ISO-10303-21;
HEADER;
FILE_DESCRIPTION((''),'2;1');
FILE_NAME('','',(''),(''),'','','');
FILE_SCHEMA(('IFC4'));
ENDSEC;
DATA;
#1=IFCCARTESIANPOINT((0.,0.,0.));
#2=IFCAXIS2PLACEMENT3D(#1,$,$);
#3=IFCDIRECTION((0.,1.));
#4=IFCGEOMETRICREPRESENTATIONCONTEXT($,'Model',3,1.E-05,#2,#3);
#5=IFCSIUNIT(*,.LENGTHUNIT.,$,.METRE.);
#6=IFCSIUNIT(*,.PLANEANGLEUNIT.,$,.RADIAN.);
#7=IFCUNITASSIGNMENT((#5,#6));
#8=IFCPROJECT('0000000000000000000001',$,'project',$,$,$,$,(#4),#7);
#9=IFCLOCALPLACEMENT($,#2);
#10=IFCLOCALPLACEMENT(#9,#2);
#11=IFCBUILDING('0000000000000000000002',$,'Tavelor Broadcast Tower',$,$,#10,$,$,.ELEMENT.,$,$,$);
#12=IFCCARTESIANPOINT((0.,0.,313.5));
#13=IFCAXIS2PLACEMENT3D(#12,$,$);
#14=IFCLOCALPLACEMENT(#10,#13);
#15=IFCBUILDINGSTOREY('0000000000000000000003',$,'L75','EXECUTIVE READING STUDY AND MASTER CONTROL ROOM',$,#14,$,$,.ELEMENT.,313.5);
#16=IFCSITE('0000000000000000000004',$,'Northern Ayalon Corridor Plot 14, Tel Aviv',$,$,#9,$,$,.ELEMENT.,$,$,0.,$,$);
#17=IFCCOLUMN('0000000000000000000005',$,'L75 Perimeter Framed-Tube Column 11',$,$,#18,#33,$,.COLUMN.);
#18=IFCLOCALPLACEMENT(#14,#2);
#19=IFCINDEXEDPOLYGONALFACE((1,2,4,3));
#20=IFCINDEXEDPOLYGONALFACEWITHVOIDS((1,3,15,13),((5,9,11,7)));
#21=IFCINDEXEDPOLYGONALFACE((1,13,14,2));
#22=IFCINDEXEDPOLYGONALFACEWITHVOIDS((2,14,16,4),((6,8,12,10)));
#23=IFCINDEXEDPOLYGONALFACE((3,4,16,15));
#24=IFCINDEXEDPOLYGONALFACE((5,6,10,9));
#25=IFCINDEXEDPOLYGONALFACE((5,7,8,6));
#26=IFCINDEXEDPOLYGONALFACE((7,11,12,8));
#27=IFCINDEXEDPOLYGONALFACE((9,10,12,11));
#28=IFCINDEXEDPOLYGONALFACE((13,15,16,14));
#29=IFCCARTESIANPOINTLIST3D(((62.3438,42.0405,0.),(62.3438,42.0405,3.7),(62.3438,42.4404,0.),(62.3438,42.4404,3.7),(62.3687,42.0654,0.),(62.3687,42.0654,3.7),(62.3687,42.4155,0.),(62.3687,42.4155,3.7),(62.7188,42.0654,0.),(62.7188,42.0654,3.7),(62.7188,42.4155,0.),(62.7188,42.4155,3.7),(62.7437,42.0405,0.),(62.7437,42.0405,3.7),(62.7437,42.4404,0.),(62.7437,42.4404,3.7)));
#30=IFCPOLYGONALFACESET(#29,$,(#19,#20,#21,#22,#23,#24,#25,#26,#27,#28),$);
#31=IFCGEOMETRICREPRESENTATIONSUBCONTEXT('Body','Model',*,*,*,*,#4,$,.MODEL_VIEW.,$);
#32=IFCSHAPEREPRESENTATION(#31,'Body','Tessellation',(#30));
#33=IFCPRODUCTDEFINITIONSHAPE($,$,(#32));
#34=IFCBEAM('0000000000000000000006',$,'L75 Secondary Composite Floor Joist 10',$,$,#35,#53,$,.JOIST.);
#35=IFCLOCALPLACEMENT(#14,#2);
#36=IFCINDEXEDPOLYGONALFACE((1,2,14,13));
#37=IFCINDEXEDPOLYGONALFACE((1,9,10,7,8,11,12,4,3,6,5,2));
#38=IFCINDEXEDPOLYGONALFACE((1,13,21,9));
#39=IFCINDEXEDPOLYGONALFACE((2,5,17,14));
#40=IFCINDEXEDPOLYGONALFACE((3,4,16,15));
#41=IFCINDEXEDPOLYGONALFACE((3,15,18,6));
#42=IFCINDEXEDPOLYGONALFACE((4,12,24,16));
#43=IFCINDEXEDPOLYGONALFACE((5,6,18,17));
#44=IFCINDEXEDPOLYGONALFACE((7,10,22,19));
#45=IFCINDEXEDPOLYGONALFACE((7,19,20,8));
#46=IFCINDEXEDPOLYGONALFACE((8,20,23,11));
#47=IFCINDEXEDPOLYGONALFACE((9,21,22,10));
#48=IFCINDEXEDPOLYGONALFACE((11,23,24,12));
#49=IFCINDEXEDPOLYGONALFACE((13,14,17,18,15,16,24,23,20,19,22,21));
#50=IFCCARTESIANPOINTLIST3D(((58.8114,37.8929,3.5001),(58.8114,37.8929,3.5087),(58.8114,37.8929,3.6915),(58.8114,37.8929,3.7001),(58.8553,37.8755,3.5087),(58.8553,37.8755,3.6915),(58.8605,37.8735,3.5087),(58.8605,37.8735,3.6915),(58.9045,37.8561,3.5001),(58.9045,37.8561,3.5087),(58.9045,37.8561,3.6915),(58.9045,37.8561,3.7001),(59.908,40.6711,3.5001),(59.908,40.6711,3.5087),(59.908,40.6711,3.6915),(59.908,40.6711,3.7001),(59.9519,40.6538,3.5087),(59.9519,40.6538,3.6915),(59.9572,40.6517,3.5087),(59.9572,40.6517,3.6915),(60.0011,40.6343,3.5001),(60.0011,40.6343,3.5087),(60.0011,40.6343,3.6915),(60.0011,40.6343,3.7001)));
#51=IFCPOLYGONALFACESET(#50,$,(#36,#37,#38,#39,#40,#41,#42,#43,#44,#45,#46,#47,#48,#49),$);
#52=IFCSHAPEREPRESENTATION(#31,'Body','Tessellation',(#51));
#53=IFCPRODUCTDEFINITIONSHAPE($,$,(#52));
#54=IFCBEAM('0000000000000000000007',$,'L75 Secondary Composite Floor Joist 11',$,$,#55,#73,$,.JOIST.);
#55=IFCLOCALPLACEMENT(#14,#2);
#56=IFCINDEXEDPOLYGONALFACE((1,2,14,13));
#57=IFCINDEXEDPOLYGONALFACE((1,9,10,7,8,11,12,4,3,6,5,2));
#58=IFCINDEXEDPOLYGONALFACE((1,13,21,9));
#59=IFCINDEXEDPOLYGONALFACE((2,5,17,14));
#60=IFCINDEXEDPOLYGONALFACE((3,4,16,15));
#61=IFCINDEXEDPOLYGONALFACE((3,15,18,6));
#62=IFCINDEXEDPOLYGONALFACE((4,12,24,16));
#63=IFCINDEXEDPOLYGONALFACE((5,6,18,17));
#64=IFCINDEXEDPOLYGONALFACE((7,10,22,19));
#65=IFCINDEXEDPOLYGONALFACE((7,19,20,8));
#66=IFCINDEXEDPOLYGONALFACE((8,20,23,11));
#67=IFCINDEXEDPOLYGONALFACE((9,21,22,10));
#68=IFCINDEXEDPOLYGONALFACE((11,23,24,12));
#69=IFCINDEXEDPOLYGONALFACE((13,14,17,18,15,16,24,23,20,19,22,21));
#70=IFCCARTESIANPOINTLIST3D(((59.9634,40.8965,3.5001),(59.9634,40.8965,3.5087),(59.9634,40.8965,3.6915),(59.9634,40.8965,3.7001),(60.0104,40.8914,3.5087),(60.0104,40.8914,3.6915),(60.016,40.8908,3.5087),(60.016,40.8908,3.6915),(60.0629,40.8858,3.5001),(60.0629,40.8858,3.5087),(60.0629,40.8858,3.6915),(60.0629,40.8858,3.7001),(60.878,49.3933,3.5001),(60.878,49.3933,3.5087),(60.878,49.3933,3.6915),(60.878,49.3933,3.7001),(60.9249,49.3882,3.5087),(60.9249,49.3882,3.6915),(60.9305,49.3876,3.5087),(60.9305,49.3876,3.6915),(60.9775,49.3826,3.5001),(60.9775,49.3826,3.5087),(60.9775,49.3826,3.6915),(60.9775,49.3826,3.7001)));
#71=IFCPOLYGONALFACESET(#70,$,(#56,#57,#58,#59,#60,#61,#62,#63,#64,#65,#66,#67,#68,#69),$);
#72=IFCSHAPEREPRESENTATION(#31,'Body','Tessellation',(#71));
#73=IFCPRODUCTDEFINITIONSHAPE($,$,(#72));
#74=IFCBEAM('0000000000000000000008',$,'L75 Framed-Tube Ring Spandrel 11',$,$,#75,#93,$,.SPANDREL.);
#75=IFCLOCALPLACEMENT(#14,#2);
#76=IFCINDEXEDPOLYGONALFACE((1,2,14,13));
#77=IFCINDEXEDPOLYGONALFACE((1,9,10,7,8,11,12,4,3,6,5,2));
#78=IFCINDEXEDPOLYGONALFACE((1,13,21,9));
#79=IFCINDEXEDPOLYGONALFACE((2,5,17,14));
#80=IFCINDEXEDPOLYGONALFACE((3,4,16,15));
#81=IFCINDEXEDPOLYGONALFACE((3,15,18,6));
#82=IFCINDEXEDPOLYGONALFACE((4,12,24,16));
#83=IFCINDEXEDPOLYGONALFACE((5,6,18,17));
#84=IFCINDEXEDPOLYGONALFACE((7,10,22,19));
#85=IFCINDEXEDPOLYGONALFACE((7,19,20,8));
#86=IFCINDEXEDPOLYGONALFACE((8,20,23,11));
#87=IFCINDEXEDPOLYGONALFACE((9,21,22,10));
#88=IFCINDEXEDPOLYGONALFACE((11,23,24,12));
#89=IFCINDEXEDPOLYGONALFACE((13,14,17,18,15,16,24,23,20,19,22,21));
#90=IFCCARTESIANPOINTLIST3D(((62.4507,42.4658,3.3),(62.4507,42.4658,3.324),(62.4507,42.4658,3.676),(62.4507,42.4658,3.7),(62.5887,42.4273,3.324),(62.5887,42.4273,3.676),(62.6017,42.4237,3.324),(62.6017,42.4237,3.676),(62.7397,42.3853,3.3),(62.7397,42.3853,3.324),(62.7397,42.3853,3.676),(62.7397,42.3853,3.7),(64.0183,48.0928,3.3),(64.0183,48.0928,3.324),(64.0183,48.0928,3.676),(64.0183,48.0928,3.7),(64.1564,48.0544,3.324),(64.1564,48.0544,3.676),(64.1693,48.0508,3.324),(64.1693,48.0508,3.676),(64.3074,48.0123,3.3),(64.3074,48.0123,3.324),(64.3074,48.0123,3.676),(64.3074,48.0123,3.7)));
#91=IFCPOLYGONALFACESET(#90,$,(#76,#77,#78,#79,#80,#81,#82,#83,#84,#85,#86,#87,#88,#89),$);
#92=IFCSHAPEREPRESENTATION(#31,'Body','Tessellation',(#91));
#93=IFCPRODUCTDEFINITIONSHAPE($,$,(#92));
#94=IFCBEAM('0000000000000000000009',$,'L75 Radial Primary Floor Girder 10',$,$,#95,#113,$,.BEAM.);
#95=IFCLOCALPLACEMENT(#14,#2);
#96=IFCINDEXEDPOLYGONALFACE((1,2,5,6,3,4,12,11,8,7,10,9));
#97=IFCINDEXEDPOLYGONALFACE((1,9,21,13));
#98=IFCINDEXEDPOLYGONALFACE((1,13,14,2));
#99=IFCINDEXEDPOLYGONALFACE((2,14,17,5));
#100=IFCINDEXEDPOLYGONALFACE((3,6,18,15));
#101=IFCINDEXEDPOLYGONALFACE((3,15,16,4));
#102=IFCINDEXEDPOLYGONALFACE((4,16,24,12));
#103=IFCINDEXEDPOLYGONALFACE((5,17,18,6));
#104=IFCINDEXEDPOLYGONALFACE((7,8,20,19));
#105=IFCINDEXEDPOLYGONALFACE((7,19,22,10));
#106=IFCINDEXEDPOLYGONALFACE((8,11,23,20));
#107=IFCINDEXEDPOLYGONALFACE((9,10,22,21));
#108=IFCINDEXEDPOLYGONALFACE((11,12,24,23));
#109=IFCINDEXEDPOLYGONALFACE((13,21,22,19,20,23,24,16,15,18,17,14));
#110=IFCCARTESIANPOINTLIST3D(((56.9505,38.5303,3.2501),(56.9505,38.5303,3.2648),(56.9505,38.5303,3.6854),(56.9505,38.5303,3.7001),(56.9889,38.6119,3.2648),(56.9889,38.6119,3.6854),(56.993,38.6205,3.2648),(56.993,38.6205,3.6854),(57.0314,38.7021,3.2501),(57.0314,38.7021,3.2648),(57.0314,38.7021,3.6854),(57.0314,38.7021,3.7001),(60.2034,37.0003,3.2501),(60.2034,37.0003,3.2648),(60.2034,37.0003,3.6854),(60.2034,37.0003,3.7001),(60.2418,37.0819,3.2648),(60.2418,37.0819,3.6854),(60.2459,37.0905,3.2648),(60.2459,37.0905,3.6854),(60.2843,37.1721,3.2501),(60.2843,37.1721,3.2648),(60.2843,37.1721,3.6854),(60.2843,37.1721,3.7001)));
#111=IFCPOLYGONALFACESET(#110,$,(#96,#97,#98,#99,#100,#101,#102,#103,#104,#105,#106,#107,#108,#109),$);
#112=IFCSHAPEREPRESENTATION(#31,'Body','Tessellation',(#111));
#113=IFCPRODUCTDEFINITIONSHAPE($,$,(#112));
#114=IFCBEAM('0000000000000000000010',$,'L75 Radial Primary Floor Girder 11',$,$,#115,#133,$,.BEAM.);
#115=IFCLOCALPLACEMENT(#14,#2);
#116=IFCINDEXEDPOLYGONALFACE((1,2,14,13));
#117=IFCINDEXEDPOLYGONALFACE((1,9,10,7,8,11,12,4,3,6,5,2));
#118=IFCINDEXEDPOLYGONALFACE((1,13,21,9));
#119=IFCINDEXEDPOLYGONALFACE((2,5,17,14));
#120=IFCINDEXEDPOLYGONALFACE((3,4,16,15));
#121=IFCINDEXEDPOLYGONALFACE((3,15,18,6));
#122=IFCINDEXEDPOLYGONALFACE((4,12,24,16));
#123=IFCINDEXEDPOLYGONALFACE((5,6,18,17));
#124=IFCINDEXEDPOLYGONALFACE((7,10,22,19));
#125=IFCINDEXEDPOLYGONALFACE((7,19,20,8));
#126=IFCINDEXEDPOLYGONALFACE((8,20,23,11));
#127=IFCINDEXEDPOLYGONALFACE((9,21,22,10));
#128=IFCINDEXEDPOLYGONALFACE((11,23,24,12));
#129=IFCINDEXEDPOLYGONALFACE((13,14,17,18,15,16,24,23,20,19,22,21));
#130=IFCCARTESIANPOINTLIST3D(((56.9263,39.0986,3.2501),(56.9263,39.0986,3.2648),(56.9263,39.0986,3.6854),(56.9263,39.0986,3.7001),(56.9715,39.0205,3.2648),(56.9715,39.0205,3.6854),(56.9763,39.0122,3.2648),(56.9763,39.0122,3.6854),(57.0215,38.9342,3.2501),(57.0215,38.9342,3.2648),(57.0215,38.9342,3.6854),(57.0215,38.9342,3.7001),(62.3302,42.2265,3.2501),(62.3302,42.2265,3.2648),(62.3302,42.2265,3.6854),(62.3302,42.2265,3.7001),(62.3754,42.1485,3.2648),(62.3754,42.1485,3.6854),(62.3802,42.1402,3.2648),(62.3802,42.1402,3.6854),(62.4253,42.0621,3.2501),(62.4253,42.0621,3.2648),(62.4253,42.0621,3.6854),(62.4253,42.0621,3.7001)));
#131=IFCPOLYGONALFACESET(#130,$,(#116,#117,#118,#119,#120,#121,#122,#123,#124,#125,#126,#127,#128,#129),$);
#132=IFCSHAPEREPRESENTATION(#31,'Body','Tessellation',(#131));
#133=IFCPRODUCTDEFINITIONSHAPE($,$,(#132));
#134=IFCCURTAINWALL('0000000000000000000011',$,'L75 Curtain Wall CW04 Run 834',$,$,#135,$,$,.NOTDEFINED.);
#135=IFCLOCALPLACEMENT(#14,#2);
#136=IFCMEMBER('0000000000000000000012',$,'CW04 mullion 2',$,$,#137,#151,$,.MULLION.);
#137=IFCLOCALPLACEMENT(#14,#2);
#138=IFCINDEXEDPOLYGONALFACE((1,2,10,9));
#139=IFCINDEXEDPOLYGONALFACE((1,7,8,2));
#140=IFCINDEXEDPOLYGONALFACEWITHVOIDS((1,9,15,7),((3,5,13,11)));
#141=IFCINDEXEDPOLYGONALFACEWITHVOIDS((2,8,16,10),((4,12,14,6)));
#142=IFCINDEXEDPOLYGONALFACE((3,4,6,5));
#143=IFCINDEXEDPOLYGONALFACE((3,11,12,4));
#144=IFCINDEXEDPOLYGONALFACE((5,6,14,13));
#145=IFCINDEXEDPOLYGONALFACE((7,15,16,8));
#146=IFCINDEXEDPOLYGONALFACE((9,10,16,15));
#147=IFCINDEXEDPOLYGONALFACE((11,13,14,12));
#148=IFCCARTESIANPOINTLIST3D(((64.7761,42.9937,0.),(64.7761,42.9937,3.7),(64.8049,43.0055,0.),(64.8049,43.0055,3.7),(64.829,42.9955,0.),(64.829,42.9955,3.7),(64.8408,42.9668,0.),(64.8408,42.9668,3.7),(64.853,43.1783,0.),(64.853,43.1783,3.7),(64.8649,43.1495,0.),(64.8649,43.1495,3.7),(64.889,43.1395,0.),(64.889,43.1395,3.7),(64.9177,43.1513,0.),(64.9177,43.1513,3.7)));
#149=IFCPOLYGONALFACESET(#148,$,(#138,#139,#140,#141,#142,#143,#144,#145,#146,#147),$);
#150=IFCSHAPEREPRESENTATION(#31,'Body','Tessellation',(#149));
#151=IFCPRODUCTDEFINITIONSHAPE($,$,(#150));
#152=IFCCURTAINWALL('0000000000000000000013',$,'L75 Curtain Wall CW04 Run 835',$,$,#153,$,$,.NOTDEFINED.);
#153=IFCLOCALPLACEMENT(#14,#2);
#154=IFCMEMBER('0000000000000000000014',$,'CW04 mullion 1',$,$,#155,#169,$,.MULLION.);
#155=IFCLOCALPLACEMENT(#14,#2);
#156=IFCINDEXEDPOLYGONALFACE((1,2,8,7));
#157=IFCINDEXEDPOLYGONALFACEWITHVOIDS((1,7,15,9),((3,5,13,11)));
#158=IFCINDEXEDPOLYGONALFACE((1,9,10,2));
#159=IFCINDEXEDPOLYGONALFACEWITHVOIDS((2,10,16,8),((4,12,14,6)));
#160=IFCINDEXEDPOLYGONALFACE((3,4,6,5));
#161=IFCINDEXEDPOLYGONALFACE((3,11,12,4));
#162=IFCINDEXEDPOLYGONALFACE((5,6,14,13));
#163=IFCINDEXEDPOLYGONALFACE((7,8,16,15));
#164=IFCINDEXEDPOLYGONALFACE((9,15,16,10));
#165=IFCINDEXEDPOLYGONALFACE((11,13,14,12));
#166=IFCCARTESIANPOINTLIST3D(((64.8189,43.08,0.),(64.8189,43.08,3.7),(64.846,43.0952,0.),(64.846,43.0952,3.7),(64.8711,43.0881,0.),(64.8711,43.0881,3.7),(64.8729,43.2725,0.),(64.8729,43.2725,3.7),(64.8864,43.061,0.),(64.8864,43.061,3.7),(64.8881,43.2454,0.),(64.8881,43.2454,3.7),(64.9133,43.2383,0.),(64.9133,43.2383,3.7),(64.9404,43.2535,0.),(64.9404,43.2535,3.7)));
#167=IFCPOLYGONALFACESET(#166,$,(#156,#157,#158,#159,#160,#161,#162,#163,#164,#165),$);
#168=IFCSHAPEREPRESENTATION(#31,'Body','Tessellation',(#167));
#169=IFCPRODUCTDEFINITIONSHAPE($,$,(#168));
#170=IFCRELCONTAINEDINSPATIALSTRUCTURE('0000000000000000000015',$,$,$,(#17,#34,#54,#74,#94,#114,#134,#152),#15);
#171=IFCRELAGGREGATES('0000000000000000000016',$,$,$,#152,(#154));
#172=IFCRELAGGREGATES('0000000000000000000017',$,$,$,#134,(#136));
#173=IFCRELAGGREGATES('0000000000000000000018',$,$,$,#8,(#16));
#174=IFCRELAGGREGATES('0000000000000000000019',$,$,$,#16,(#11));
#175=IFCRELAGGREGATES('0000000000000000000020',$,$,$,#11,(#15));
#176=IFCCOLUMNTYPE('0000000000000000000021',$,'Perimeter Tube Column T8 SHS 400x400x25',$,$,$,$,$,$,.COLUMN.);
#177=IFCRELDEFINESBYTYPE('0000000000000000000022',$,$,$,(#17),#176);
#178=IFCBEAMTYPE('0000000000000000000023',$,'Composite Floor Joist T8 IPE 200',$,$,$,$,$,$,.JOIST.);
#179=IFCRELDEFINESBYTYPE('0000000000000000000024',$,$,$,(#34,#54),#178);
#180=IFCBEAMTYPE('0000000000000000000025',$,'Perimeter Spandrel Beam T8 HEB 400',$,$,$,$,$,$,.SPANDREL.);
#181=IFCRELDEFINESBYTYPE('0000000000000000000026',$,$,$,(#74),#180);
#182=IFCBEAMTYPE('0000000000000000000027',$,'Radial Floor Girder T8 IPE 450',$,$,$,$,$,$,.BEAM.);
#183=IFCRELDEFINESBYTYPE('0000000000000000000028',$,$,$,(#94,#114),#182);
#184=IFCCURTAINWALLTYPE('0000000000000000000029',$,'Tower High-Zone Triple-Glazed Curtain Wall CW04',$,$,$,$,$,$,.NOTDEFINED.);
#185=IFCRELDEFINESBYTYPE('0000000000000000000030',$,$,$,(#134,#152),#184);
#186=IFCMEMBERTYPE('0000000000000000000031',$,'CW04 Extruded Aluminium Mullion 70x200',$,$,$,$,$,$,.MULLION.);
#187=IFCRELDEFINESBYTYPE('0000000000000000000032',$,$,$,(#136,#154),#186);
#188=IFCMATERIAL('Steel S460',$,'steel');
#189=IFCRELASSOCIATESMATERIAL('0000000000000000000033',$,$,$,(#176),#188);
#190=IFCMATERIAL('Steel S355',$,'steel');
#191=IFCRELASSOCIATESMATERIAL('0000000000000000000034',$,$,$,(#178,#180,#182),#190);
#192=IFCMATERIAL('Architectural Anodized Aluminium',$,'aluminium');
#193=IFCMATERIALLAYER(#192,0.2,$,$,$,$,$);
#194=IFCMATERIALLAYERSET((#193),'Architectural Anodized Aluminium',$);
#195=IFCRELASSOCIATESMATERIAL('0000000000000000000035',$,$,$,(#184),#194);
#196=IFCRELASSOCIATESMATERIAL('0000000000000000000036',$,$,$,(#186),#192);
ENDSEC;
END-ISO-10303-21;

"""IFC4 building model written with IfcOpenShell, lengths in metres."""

from ifc_helpers import new_model, si_unit, direction, frame, origin, origin_2d, place, context, subcontext, project, spatial, hollow_rectangle, i_section, extrude, source, transform, mapped, material, layer, layer_set, material_profile, profile_set, type_object, type_shapes, element, aggregate, save


model = new_model("IFC4")

# Units and contexts
model_context = context("Model", 3, precision=1e-05, world=origin(), true_north=direction((0.0, 1.0)))
body_context = subcontext(model_context, "Body", "Model", "MODEL_VIEW")
ifc_project = project(units=[si_unit("LENGTHUNIT", "METRE"), si_unit("PLANEANGLEUNIT", "RADIAN")], contexts=[model_context])

# Site, building, storey
site_placement = place(None, origin())
site = spatial("IfcSite", under=ifc_project, at=site_placement, Name="Northern Ayalon Corridor Plot 14, Tel Aviv", CompositionType="ELEMENT", RefElevation=0.0)
building_placement = place(site_placement, origin())
building = spatial("IfcBuilding", under=site, at=building_placement, Name="Tavelor Broadcast Tower", CompositionType="ELEMENT")
storey_placement = place(building_placement, frame((0.0, 0.0, 313.5)))
storey = spatial("IfcBuildingStorey", under=building, at=storey_placement, Name="L75", Description="EXECUTIVE READING STUDY AND MASTER CONTROL ROOM", CompositionType="ELEMENT", Elevation=313.5)

# Column
ifc_material_1 = material(Name="Steel S460", Category="steel")
ifc_material_profile_1 = material_profile(ifc_material_1, hollow_rectangle(XDim=0.3999, YDim=0.3999, WallThickness=0.0249, at=origin_2d()), Name="SHS 400x400x25")
ifc_profile_set_1 = profile_set([ifc_material_profile_1], Name="Steel S460")
column_type = type_object("IfcColumnType", Name="Perimeter Tube Column T8 SHS 400x400x25", PredefinedType="COLUMN", material=ifc_profile_set_1)
column_placement = place(storey_placement, frame((62.5437, 42.2405, 0.0), z_axis=(0.0, 0.0, 1.0), x_axis=(1.0, 0.0, 0.0)))
element("IfcColumn", 1, at=column_placement, inside=storey, type_object=column_type, Name="L75 Perimeter Framed-Tube Column 11", PredefinedType="COLUMN", context=body_context, shape_type="SweptSolid", body=[
    extrude(hollow_rectangle(XDim=0.3999, YDim=0.3999, WallThickness=0.0249, at=origin_2d()), origin(), (0.0, 0.0, 1.0), 3.7),
])

# Beams
ifc_material_2 = material(Name="Steel S355", Category="steel")
ifc_material_profile_2 = material_profile(ifc_material_2, i_section(OverallWidth=0.1001, OverallDepth=0.2, WebThickness=0.0056, FlangeThickness=0.0085, at=origin_2d()), Name="IPE 200")
ifc_profile_set_2 = profile_set([ifc_material_profile_2], Name="Steel S355")
beam_type_1 = type_object("IfcBeamType", Name="Composite Floor Joist T8 IPE 200", PredefinedType="JOIST", material=ifc_profile_set_2)
beam_1_placement = place(storey_placement, frame((58.8579, 37.8745, 3.6001), z_axis=(0.367159, 0.930158, 0.0), x_axis=(-0.930158, 0.367159, 0.0)))
element("IfcBeam", 2, at=beam_1_placement, inside=storey, type_object=beam_type_1, Name="L75 Secondary Composite Floor Joist 10", PredefinedType="JOIST", context=body_context, shape_type="SweptSolid", body=[
    extrude(i_section(OverallWidth=0.1001, OverallDepth=0.2, WebThickness=0.0056, FlangeThickness=0.0085, at=origin_2d()), origin(), (0.0, 0.0, 1.0), 2.9868),
])
beam_2_placement = place(storey_placement, frame((60.0132, 40.8911, 3.6001), z_axis=(0.107016, 0.994257, 0.0), x_axis=(-0.994257, 0.107016, 0.0)))
element("IfcBeam", 3, at=beam_2_placement, inside=storey, type_object=beam_type_1, Name="L75 Secondary Composite Floor Joist 11", PredefinedType="JOIST", context=body_context, shape_type="SweptSolid", body=[
    extrude(i_section(OverallWidth=0.1001, OverallDepth=0.2, WebThickness=0.0056, FlangeThickness=0.0085, at=origin_2d()), origin(), (0.0, 0.0, 1.0), 8.5459),
])
ifc_material_profile_3 = material_profile(ifc_material_2, i_section(OverallWidth=0.3, OverallDepth=0.3999, WebThickness=0.0134, FlangeThickness=0.0239, at=origin_2d()), Name="HEB 400")
ifc_profile_set_3 = profile_set([ifc_material_profile_3], Name="Steel S355")
beam_type_2 = type_object("IfcBeamType", Name="Perimeter Spandrel Beam T8 HEB 400", PredefinedType="SPANDREL", material=ifc_profile_set_3)
beam_3_placement = place(storey_placement, frame((62.5952, 42.4255, 3.5), z_axis=(0.268372, 0.963315, 0.0), x_axis=(-0.963315, 0.268372, 0.0)))
element("IfcBeam", 4, at=beam_3_placement, inside=storey, type_object=beam_type_2, Name="L75 Framed-Tube Ring Spandrel 11", PredefinedType="SPANDREL", context=body_context, shape_type="SweptSolid", body=[
    extrude(i_section(OverallWidth=0.3, OverallDepth=0.3999, WebThickness=0.0134, FlangeThickness=0.0239, at=origin_2d()), origin(), (0.0, 0.0, 1.0), 5.8413),
])
ifc_material_profile_4 = material_profile(ifc_material_2, i_section(OverallWidth=0.1899, OverallDepth=0.45, WebThickness=0.0095, FlangeThickness=0.0146, at=origin_2d()), Name="IPE 450")
ifc_profile_set_4 = profile_set([ifc_material_profile_4], Name="Steel S355")
beam_type_3 = type_object("IfcBeamType", Name="Radial Floor Girder T8 IPE 450", PredefinedType="BEAM", material=ifc_profile_set_4)
beam_4_placement = place(storey_placement, frame((56.991, 38.6162, 3.4751), z_axis=(0.9049, -0.425624, 0.0), x_axis=(0.425624, 0.9049, 0.0)))
element("IfcBeam", 5, at=beam_4_placement, inside=storey, type_object=beam_type_3, Name="L75 Radial Primary Floor Girder 10", PredefinedType="BEAM", context=body_context, shape_type="SweptSolid", body=[
    extrude(i_section(OverallWidth=0.1899, OverallDepth=0.45, WebThickness=0.0095, FlangeThickness=0.0146, at=origin_2d()), origin(), (0.0, 0.0, 1.0), 3.5947),
])
beam_5_placement = place(storey_placement, frame((56.9739, 39.0164, 3.4751), z_axis=(0.865467, 0.500965, 0.0), x_axis=(-0.500965, 0.865467, 0.0)))
element("IfcBeam", 6, at=beam_5_placement, inside=storey, type_object=beam_type_3, Name="L75 Radial Primary Floor Girder 11", PredefinedType="BEAM", context=body_context, shape_type="SweptSolid", body=[
    extrude(i_section(OverallWidth=0.1899, OverallDepth=0.45, WebThickness=0.0095, FlangeThickness=0.0146, at=origin_2d()), origin(), (0.0, 0.0, 1.0), 6.2439),
])

# Curtain walls, members
ifc_material_3 = material(Name="Architectural Anodized Aluminium", Category="aluminium")
ifc_layer_1 = layer(ifc_material_3, 0.2)
ifc_layer_set_1 = layer_set([ifc_layer_1], Name="Architectural Anodized Aluminium")
curtain_wall_type = type_object("IfcCurtainWallType", Name="Tower High-Zone Triple-Glazed Curtain Wall CW04", PredefinedType="NOTDEFINED", material=ifc_layer_set_1)
curtain_wall_1_placement = place(storey_placement, origin())
curtain_wall_1 = element("IfcCurtainWall", 7, at=curtain_wall_1_placement, inside=storey, type_object=curtain_wall_type, Name="L75 Curtain Wall CW04 Run 834", PredefinedType="NOTDEFINED")
ifc_material_profile_5 = material_profile(ifc_material_3, hollow_rectangle(XDim=0.0701, YDim=0.2, WallThickness=0.022, at=origin_2d()), Name="RHS 70x200x22")
ifc_profile_set_5 = profile_set([ifc_material_profile_5], Name="Architectural Anodized Aluminium")
member_type_1 = type_object("IfcMemberType", Name="CW04 Extruded Aluminium Mullion 70x200", PredefinedType="MULLION", material=ifc_profile_set_5)
shared_shape_1 = source(origin(), body_context, "Body", "SweptSolid", [
    extrude(hollow_rectangle(XDim=0.0701, YDim=0.2, WallThickness=0.022, at=origin_2d()), origin(), (0.0, 0.0, 1.0), 3.7),
])
type_shapes(member_type_1, [shared_shape_1])
member_1_placement = place(storey_placement, frame((64.8469, 43.0725, 0.0), z_axis=(0.0, 0.0, 1.0), x_axis=(-0.923044, 0.384694, 0.0)))
member_1 = element("IfcMember", 8, at=member_1_placement, type_object=member_type_1, Name="CW04 mullion 2", PredefinedType="MULLION", context=body_context, shape_type="MappedRepresentation", body=[
    mapped(shared_shape_1, transform((0.0, 0.0, 0.0), scale=1.0)),
])
curtain_wall_2_placement = place(storey_placement, origin())
curtain_wall_2 = element("IfcCurtainWall", 9, at=curtain_wall_2_placement, inside=storey, type_object=curtain_wall_type, Name="L75 Curtain Wall CW04 Run 835", PredefinedType="NOTDEFINED")
member_2_placement = place(storey_placement, frame((64.8796, 43.1667, 0.0), z_axis=(0.0, 0.0, 1.0), x_axis=(-0.962813, 0.270167, 0.0)))
member_2 = element("IfcMember", 10, at=member_2_placement, type_object=member_type_1, Name="CW04 mullion 1", PredefinedType="MULLION", context=body_context, shape_type="MappedRepresentation", body=[
    mapped(shared_shape_1, transform((0.0, 0.0, 0.0), scale=1.0)),
])

aggregate(curtain_wall_2, [member_2])

aggregate(curtain_wall_1, [member_1])

save(model, "model.ifc")
